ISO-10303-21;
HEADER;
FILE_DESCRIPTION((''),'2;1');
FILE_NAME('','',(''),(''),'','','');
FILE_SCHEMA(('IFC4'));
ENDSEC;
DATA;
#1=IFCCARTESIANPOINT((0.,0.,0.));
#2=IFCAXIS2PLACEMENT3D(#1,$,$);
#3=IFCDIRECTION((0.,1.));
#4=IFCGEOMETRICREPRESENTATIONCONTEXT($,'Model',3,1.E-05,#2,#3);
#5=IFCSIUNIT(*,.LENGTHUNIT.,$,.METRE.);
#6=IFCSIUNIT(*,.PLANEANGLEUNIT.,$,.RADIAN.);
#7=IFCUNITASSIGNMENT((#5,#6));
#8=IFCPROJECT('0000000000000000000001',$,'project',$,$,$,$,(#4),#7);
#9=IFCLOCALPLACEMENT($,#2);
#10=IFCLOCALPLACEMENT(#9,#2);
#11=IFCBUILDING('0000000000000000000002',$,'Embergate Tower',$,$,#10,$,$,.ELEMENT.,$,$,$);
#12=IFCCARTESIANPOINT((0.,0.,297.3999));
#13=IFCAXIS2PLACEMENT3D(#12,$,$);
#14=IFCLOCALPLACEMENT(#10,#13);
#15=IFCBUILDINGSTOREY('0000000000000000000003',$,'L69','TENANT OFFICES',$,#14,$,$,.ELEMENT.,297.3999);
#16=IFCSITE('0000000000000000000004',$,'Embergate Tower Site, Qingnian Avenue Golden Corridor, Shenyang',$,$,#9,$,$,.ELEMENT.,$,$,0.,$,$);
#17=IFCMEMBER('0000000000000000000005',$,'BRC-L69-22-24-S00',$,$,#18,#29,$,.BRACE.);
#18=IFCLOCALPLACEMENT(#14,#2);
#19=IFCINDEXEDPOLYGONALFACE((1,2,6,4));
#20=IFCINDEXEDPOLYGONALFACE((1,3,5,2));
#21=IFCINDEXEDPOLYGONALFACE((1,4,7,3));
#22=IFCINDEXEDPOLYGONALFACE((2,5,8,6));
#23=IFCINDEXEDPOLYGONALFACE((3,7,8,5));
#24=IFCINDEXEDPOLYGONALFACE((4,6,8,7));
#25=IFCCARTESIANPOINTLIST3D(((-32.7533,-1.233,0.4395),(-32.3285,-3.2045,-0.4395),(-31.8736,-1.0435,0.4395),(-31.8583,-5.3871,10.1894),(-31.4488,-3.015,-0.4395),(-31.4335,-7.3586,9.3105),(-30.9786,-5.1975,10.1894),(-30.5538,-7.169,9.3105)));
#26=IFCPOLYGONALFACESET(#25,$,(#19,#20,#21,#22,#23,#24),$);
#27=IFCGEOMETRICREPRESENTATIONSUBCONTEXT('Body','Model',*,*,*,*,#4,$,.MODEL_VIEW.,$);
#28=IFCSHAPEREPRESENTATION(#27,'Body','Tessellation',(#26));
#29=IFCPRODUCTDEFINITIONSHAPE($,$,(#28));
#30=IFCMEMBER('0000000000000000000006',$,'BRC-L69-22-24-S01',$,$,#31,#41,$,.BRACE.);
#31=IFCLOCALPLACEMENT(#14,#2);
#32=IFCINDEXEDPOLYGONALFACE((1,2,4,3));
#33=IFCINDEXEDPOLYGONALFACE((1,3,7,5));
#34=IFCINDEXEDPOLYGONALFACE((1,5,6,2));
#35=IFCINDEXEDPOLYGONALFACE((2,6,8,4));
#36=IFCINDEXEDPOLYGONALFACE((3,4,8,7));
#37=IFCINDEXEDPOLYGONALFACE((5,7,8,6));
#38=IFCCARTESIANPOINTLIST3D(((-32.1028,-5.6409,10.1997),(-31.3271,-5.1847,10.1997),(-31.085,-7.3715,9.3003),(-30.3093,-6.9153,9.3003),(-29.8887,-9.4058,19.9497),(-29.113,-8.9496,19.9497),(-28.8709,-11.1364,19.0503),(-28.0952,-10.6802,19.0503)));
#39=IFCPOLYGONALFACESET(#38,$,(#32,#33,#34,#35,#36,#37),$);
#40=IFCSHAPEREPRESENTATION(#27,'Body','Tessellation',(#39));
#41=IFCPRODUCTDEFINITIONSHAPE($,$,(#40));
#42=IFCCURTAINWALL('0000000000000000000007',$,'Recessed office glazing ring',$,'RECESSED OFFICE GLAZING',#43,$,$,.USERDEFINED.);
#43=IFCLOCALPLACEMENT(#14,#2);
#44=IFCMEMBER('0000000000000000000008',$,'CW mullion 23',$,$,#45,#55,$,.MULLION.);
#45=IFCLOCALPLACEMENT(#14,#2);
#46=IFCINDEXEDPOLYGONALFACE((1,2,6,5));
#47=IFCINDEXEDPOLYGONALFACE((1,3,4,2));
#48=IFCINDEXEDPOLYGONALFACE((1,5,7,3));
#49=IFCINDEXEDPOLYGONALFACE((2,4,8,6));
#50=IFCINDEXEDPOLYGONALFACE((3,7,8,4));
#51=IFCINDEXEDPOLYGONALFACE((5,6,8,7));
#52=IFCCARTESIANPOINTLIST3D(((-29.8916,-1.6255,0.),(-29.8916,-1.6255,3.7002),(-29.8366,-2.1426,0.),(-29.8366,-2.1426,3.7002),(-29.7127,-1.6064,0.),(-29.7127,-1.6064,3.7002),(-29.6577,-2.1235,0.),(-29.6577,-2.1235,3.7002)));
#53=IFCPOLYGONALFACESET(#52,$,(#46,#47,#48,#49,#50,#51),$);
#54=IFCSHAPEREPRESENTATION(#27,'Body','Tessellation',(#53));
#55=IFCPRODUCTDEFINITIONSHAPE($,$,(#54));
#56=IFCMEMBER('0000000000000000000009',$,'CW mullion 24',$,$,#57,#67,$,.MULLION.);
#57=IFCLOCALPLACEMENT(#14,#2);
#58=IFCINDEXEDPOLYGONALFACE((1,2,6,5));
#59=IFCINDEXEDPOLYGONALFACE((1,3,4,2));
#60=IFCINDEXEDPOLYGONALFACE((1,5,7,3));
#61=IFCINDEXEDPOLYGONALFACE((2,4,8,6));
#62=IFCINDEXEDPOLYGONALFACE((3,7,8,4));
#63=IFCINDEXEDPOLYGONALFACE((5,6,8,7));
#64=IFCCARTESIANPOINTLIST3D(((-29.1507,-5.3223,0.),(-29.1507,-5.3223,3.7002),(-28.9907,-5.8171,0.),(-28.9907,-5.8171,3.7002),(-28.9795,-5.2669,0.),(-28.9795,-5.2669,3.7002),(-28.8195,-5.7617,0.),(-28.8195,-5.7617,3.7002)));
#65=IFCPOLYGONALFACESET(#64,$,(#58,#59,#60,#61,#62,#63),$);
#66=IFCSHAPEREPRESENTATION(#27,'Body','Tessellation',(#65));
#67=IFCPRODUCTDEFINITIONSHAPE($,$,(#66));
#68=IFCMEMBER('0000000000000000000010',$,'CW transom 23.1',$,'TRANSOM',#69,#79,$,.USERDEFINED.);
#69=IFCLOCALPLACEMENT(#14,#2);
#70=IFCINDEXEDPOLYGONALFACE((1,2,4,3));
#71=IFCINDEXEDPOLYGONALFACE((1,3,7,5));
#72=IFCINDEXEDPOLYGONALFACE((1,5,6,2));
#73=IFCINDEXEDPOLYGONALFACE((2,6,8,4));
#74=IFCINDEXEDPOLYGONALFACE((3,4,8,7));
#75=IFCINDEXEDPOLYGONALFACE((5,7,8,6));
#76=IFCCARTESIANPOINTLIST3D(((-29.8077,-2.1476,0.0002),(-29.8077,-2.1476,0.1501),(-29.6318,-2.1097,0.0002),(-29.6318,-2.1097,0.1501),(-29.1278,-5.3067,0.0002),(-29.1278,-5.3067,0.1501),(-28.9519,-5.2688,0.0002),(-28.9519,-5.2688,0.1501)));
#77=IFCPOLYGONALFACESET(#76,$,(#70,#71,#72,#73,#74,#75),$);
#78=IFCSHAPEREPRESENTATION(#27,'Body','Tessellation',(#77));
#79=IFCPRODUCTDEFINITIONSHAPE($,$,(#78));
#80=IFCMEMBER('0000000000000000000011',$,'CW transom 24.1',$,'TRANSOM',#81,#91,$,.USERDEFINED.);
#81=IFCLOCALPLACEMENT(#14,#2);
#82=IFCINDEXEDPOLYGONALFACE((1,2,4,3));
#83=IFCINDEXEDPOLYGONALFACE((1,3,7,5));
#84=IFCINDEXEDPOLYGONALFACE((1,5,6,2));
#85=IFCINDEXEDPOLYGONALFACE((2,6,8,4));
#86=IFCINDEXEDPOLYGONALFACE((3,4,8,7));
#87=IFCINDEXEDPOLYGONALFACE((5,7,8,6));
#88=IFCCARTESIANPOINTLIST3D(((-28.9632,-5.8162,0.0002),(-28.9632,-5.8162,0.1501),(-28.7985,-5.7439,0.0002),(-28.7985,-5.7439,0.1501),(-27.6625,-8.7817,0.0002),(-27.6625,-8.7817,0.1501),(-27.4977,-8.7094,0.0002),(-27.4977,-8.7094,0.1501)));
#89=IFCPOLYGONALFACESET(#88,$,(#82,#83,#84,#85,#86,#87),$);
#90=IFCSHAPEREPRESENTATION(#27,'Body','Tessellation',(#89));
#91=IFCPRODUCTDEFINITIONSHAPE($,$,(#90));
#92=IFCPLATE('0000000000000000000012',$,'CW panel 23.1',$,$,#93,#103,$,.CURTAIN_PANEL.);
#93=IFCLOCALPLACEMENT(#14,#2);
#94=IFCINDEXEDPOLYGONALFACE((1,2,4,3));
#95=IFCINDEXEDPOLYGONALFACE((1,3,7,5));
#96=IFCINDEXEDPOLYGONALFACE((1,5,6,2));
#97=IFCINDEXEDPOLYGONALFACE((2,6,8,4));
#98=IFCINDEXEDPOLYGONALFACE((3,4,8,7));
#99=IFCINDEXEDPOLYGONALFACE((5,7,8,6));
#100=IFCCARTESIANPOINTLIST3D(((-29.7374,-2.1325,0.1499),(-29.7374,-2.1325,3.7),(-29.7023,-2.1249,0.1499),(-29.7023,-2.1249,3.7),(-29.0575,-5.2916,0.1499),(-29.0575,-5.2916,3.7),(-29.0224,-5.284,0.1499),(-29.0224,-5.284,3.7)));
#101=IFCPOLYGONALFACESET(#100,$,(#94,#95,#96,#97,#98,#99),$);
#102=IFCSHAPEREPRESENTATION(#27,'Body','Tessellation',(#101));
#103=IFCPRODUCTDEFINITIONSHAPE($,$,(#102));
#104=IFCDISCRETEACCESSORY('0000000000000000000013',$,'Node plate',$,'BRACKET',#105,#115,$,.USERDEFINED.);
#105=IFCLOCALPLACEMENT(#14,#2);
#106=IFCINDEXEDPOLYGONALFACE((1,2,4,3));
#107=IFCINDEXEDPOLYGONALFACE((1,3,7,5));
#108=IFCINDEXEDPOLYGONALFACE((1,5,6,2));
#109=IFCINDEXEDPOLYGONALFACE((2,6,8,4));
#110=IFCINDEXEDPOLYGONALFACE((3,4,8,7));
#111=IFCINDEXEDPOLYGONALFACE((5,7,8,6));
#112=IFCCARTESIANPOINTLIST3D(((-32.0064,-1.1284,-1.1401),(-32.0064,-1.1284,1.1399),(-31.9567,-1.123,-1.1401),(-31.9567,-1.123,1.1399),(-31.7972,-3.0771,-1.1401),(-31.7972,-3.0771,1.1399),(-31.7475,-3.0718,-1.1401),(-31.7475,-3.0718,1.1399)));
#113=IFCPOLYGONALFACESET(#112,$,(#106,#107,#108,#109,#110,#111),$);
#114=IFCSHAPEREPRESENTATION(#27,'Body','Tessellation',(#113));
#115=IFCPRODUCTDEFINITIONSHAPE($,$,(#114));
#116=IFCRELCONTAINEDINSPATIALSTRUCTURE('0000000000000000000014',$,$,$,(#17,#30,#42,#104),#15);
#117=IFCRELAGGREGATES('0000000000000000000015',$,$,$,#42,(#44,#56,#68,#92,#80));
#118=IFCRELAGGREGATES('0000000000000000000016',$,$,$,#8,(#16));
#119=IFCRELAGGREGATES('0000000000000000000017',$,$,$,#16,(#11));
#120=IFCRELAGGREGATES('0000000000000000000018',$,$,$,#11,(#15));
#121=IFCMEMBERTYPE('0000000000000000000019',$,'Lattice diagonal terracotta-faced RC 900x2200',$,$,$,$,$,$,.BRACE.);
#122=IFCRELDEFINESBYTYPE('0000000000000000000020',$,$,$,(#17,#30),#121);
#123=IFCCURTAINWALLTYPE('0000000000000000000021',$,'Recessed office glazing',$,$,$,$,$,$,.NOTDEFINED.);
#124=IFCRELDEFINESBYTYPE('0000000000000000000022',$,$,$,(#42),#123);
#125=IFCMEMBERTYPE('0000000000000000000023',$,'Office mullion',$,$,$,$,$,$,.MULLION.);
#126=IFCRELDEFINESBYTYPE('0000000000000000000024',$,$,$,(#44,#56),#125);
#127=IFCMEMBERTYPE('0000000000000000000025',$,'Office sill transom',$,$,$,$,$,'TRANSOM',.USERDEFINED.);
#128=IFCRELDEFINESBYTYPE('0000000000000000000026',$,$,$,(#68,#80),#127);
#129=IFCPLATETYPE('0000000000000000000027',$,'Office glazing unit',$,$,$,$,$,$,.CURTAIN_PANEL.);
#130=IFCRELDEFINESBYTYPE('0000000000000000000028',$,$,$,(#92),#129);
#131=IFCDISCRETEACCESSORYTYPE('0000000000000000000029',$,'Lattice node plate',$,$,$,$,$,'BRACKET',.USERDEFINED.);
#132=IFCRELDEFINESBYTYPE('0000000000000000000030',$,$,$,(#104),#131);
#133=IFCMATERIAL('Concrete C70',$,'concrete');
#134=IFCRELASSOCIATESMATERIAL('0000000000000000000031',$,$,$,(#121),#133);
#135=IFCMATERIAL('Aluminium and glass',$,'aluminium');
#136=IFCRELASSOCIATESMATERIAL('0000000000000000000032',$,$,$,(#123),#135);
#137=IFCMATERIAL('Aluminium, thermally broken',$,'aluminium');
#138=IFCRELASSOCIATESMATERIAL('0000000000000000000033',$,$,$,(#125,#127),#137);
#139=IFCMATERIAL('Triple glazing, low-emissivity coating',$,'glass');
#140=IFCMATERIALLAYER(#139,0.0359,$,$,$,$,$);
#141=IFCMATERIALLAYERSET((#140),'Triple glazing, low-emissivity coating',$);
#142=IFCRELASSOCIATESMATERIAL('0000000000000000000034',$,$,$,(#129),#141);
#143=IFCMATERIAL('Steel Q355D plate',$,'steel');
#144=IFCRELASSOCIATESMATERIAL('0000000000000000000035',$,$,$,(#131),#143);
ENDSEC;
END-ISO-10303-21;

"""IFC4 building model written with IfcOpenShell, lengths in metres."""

from ifc_helpers import new_model, si_unit, direction, frame, origin, origin_2d, place, context, subcontext, project, spatial, rectangle, extrude, source, transform, mapped, material, layer, layer_set, material_profile, profile_set, type_object, element, aggregate, save


model = new_model("IFC4")

# Units and contexts
model_context = context("Model", 3, precision=1e-05, world=origin(), true_north=direction((0.0, 1.0)))
body_context = subcontext(model_context, "Body", "Model", "MODEL_VIEW")
ifc_project = project(units=[si_unit("LENGTHUNIT", "METRE"), si_unit("PLANEANGLEUNIT", "RADIAN")], contexts=[model_context])

# Site, building, storey
site_placement = place(None, origin())
site = spatial("IfcSite", under=ifc_project, at=site_placement, Name="Embergate Tower Site, Qingnian Avenue Golden Corridor, Shenyang", CompositionType="ELEMENT", RefElevation=0.0)
building_placement = place(site_placement, origin())
building = spatial("IfcBuilding", under=site, at=building_placement, Name="Embergate Tower", CompositionType="ELEMENT")
storey_placement = place(building_placement, frame((0.0, 0.0, 297.3999)))
storey = spatial("IfcBuildingStorey", under=building, at=storey_placement, Name="L69", Description="TENANT OFFICES", CompositionType="ELEMENT", Elevation=297.3999)

# Members
ifc_material_1 = material(Name="Concrete C70", Category="concrete")
ifc_material_profile_1 = material_profile(ifc_material_1, rectangle(XDim=0.8999, YDim=2.2, at=origin_2d()), Name="RC 900x2200")
ifc_profile_set_1 = profile_set([ifc_material_profile_1], Name="Concrete C70")
member_type_1 = type_object("IfcMemberType", Name="Lattice diagonal terracotta-faced RC 900x2200", PredefinedType="BRACE", material=ifc_profile_set_1)
shared_shape_1 = source(origin(), body_context, "Body", "SweptSolid", [
    extrude(rectangle(XDim=0.8999, YDim=2.2, at=origin_2d()), origin(), (0.0, 0.0, 1.0), 10.6357),
])
member_1_placement = place(storey_placement, frame((-32.1011, -2.124, 0.0), z_axis=(0.084152, -0.390574, 0.916717), x_axis=(0.977567, 0.210624, 0.0)))
element("IfcMember", 1, at=member_1_placement, inside=storey, type_object=member_type_1, Name="BRC-L69-22-24-S00", PredefinedType="BRACE", context=body_context, shape_type="MappedRepresentation", body=[
    mapped(shared_shape_1, transform((0.0, 0.0, 0.0))),
])
shared_shape_2 = source(origin(), body_context, "Body", "SweptSolid", [
    extrude(rectangle(XDim=0.8999, YDim=2.2, at=origin_2d()), origin(), (0.0, 0.0, 1.0), 10.6836),
])
member_2_placement = place(storey_placement, frame((-31.2061, -6.2781, 9.75), z_axis=(0.207244, -0.352399, 0.912614), x_axis=(0.861987, 0.50693, 0.0)))
element("IfcMember", 2, at=member_2_placement, inside=storey, type_object=member_type_1, Name="BRC-L69-22-24-S01", PredefinedType="BRACE", context=body_context, shape_type="MappedRepresentation", body=[
    mapped(shared_shape_2, transform((0.0, 0.0, 0.0))),
])

# Curtain wall, members, plate
ifc_material_2 = material(Name="Aluminium and glass", Category="aluminium")
curtain_wall_type = type_object("IfcCurtainWallType", Name="Recessed office glazing", PredefinedType="NOTDEFINED", material=ifc_material_2)
curtain_wall_placement = place(storey_placement, origin())
curtain_wall = element("IfcCurtainWall", 3, at=curtain_wall_placement, inside=storey, type_object=curtain_wall_type, Name="Recessed office glazing ring", ObjectType="RECESSED OFFICE GLAZING", PredefinedType="USERDEFINED")
ifc_material_3 = material(Name="Aluminium, thermally broken", Category="aluminium")
ifc_material_profile_2 = material_profile(ifc_material_3, rectangle(XDim=0.1799, YDim=0.52, at=origin_2d()), Name="AL 520x180")
ifc_profile_set_2 = profile_set([ifc_material_profile_2], Name="Aluminium, thermally broken")
member_type_2 = type_object("IfcMemberType", Name="Office mullion", PredefinedType="MULLION", material=ifc_profile_set_2)
shared_shape_3 = source(origin(), body_context, "Body", "SweptSolid", [
    extrude(rectangle(XDim=0.1799, YDim=0.52, at=origin_2d()), origin(), (0.0, 0.0, 1.0), 3.7002),
])
member_3_placement = place(storey_placement, frame((-29.7747, -1.8745, 0.0), z_axis=(0.0, 0.0, 1.0), x_axis=(0.994384, 0.10583, 0.0)))
member_3 = element("IfcMember", 4, at=member_3_placement, type_object=member_type_2, Name="CW mullion 23", PredefinedType="MULLION", context=body_context, shape_type="MappedRepresentation", body=[
    mapped(shared_shape_3, transform((0.0, 0.0, 0.0))),
])
member_4_placement = place(storey_placement, frame((-28.9851, -5.542, 0.0), z_axis=(0.0, 0.0, 1.0), x_axis=(0.951494, 0.307669, 0.0)))
member_4 = element("IfcMember", 5, at=member_4_placement, type_object=member_type_2, Name="CW mullion 24", PredefinedType="MULLION", context=body_context, shape_type="MappedRepresentation", body=[
    mapped(shared_shape_3, transform((0.0, 0.0, 0.0))),
])
ifc_material_profile_3 = material_profile(ifc_material_3, rectangle(XDim=0.1799, YDim=0.1499, at=origin_2d()), Name="AL 150x180")
ifc_profile_set_3 = profile_set([ifc_material_profile_3], Name="Aluminium, thermally broken")
member_type_3 = type_object("IfcMemberType", Name="Office sill transom", ElementType="TRANSOM", PredefinedType="USERDEFINED", material=ifc_profile_set_3)
shared_shape_4 = source(origin(), body_context, "Body", "SweptSolid", [
    extrude(rectangle(XDim=0.1799, YDim=0.1499, at=origin_2d()), origin(), (0.0, 0.0, 1.0), 3.2314),
])
member_5_placement = place(storey_placement, frame((-29.7197, -2.1287, 0.0752), z_axis=(0.210406, -0.977614, 0.0), x_axis=(0.977614, 0.210406, 0.0)))
member_5 = element("IfcMember", 6, at=member_5_placement, type_object=member_type_3, Name="CW transom 23.1", ObjectType="TRANSOM", PredefinedType="USERDEFINED", context=body_context, shape_type="MappedRepresentation", body=[
    mapped(shared_shape_4, transform((0.0, 0.0, 0.0))),
])
shared_shape_5 = source(origin(), body_context, "Body", "SweptSolid", [
    extrude(rectangle(XDim=0.1799, YDim=0.1499, at=origin_2d()), origin(), (0.0, 0.0, 1.0), 3.2383),
])
member_6_placement = place(storey_placement, frame((-28.8809, -5.78, 0.0752), z_axis=(0.401685, -0.915778, 0.0), x_axis=(0.915778, 0.401685, 0.0)))
member_6 = element("IfcMember", 7, at=member_6_placement, type_object=member_type_3, Name="CW transom 24.1", ObjectType="TRANSOM", PredefinedType="USERDEFINED", context=body_context, shape_type="MappedRepresentation", body=[
    mapped(shared_shape_5, transform((0.0, 0.0, 0.0))),
])
ifc_material_4 = material(Name="Triple glazing, low-emissivity coating", Category="glass")
ifc_layer = layer(ifc_material_4, 0.0359)
ifc_layer_set = layer_set([ifc_layer], Name="Triple glazing, low-emissivity coating")
plate_type = type_object("IfcPlateType", Name="Office glazing unit", PredefinedType="CURTAIN_PANEL", material=ifc_layer_set)
shared_shape_6 = source(origin(), body_context, "Body", "SweptSolid", [
    extrude(rectangle(XDim=3.2314, YDim=0.0359, at=origin_2d()), origin(), (0.0, 0.0, 1.0), 3.55),
])
plate_placement = place(storey_placement, frame((-29.3799, -3.7083, 0.1499), z_axis=(0.0, 0.0, 1.0), x_axis=(0.210398, -0.977616, 0.0)))
plate = element("IfcPlate", 8, at=plate_placement, type_object=plate_type, Name="CW panel 23.1", PredefinedType="CURTAIN_PANEL", context=body_context, shape_type="MappedRepresentation", body=[
    mapped(shared_shape_6, transform((0.0, 0.0, 0.0))),
])
aggregate(curtain_wall, [member_3, member_4, member_5, plate, member_6])

# Discrete accessory
ifc_material_5 = material(Name="Steel Q355D plate", Category="steel")
discrete_accessory_type = type_object("IfcDiscreteAccessoryType", Name="Lattice node plate", ElementType="BRACKET", PredefinedType="USERDEFINED", material=ifc_material_5)
shared_shape_7 = source(origin(), body_context, "Body", "SweptSolid", [
    extrude(rectangle(XDim=1.96, YDim=0.05, at=origin_2d()), origin(), (0.0, 0.0, 1.0), 2.28),
])
discrete_accessory_placement = place(storey_placement, frame((-31.877, -2.1001, -1.1401), z_axis=(0.0, 0.0, 1.0), x_axis=(0.10675, -0.994286, 0.0)))
element("IfcDiscreteAccessory", 9, at=discrete_accessory_placement, inside=storey, type_object=discrete_accessory_type, Name="Node plate", ObjectType="BRACKET", PredefinedType="USERDEFINED", context=body_context, shape_type="MappedRepresentation", body=[
    mapped(shared_shape_7, transform((0.0, 0.0, 0.0))),
])

save(model, "model.ifc")
